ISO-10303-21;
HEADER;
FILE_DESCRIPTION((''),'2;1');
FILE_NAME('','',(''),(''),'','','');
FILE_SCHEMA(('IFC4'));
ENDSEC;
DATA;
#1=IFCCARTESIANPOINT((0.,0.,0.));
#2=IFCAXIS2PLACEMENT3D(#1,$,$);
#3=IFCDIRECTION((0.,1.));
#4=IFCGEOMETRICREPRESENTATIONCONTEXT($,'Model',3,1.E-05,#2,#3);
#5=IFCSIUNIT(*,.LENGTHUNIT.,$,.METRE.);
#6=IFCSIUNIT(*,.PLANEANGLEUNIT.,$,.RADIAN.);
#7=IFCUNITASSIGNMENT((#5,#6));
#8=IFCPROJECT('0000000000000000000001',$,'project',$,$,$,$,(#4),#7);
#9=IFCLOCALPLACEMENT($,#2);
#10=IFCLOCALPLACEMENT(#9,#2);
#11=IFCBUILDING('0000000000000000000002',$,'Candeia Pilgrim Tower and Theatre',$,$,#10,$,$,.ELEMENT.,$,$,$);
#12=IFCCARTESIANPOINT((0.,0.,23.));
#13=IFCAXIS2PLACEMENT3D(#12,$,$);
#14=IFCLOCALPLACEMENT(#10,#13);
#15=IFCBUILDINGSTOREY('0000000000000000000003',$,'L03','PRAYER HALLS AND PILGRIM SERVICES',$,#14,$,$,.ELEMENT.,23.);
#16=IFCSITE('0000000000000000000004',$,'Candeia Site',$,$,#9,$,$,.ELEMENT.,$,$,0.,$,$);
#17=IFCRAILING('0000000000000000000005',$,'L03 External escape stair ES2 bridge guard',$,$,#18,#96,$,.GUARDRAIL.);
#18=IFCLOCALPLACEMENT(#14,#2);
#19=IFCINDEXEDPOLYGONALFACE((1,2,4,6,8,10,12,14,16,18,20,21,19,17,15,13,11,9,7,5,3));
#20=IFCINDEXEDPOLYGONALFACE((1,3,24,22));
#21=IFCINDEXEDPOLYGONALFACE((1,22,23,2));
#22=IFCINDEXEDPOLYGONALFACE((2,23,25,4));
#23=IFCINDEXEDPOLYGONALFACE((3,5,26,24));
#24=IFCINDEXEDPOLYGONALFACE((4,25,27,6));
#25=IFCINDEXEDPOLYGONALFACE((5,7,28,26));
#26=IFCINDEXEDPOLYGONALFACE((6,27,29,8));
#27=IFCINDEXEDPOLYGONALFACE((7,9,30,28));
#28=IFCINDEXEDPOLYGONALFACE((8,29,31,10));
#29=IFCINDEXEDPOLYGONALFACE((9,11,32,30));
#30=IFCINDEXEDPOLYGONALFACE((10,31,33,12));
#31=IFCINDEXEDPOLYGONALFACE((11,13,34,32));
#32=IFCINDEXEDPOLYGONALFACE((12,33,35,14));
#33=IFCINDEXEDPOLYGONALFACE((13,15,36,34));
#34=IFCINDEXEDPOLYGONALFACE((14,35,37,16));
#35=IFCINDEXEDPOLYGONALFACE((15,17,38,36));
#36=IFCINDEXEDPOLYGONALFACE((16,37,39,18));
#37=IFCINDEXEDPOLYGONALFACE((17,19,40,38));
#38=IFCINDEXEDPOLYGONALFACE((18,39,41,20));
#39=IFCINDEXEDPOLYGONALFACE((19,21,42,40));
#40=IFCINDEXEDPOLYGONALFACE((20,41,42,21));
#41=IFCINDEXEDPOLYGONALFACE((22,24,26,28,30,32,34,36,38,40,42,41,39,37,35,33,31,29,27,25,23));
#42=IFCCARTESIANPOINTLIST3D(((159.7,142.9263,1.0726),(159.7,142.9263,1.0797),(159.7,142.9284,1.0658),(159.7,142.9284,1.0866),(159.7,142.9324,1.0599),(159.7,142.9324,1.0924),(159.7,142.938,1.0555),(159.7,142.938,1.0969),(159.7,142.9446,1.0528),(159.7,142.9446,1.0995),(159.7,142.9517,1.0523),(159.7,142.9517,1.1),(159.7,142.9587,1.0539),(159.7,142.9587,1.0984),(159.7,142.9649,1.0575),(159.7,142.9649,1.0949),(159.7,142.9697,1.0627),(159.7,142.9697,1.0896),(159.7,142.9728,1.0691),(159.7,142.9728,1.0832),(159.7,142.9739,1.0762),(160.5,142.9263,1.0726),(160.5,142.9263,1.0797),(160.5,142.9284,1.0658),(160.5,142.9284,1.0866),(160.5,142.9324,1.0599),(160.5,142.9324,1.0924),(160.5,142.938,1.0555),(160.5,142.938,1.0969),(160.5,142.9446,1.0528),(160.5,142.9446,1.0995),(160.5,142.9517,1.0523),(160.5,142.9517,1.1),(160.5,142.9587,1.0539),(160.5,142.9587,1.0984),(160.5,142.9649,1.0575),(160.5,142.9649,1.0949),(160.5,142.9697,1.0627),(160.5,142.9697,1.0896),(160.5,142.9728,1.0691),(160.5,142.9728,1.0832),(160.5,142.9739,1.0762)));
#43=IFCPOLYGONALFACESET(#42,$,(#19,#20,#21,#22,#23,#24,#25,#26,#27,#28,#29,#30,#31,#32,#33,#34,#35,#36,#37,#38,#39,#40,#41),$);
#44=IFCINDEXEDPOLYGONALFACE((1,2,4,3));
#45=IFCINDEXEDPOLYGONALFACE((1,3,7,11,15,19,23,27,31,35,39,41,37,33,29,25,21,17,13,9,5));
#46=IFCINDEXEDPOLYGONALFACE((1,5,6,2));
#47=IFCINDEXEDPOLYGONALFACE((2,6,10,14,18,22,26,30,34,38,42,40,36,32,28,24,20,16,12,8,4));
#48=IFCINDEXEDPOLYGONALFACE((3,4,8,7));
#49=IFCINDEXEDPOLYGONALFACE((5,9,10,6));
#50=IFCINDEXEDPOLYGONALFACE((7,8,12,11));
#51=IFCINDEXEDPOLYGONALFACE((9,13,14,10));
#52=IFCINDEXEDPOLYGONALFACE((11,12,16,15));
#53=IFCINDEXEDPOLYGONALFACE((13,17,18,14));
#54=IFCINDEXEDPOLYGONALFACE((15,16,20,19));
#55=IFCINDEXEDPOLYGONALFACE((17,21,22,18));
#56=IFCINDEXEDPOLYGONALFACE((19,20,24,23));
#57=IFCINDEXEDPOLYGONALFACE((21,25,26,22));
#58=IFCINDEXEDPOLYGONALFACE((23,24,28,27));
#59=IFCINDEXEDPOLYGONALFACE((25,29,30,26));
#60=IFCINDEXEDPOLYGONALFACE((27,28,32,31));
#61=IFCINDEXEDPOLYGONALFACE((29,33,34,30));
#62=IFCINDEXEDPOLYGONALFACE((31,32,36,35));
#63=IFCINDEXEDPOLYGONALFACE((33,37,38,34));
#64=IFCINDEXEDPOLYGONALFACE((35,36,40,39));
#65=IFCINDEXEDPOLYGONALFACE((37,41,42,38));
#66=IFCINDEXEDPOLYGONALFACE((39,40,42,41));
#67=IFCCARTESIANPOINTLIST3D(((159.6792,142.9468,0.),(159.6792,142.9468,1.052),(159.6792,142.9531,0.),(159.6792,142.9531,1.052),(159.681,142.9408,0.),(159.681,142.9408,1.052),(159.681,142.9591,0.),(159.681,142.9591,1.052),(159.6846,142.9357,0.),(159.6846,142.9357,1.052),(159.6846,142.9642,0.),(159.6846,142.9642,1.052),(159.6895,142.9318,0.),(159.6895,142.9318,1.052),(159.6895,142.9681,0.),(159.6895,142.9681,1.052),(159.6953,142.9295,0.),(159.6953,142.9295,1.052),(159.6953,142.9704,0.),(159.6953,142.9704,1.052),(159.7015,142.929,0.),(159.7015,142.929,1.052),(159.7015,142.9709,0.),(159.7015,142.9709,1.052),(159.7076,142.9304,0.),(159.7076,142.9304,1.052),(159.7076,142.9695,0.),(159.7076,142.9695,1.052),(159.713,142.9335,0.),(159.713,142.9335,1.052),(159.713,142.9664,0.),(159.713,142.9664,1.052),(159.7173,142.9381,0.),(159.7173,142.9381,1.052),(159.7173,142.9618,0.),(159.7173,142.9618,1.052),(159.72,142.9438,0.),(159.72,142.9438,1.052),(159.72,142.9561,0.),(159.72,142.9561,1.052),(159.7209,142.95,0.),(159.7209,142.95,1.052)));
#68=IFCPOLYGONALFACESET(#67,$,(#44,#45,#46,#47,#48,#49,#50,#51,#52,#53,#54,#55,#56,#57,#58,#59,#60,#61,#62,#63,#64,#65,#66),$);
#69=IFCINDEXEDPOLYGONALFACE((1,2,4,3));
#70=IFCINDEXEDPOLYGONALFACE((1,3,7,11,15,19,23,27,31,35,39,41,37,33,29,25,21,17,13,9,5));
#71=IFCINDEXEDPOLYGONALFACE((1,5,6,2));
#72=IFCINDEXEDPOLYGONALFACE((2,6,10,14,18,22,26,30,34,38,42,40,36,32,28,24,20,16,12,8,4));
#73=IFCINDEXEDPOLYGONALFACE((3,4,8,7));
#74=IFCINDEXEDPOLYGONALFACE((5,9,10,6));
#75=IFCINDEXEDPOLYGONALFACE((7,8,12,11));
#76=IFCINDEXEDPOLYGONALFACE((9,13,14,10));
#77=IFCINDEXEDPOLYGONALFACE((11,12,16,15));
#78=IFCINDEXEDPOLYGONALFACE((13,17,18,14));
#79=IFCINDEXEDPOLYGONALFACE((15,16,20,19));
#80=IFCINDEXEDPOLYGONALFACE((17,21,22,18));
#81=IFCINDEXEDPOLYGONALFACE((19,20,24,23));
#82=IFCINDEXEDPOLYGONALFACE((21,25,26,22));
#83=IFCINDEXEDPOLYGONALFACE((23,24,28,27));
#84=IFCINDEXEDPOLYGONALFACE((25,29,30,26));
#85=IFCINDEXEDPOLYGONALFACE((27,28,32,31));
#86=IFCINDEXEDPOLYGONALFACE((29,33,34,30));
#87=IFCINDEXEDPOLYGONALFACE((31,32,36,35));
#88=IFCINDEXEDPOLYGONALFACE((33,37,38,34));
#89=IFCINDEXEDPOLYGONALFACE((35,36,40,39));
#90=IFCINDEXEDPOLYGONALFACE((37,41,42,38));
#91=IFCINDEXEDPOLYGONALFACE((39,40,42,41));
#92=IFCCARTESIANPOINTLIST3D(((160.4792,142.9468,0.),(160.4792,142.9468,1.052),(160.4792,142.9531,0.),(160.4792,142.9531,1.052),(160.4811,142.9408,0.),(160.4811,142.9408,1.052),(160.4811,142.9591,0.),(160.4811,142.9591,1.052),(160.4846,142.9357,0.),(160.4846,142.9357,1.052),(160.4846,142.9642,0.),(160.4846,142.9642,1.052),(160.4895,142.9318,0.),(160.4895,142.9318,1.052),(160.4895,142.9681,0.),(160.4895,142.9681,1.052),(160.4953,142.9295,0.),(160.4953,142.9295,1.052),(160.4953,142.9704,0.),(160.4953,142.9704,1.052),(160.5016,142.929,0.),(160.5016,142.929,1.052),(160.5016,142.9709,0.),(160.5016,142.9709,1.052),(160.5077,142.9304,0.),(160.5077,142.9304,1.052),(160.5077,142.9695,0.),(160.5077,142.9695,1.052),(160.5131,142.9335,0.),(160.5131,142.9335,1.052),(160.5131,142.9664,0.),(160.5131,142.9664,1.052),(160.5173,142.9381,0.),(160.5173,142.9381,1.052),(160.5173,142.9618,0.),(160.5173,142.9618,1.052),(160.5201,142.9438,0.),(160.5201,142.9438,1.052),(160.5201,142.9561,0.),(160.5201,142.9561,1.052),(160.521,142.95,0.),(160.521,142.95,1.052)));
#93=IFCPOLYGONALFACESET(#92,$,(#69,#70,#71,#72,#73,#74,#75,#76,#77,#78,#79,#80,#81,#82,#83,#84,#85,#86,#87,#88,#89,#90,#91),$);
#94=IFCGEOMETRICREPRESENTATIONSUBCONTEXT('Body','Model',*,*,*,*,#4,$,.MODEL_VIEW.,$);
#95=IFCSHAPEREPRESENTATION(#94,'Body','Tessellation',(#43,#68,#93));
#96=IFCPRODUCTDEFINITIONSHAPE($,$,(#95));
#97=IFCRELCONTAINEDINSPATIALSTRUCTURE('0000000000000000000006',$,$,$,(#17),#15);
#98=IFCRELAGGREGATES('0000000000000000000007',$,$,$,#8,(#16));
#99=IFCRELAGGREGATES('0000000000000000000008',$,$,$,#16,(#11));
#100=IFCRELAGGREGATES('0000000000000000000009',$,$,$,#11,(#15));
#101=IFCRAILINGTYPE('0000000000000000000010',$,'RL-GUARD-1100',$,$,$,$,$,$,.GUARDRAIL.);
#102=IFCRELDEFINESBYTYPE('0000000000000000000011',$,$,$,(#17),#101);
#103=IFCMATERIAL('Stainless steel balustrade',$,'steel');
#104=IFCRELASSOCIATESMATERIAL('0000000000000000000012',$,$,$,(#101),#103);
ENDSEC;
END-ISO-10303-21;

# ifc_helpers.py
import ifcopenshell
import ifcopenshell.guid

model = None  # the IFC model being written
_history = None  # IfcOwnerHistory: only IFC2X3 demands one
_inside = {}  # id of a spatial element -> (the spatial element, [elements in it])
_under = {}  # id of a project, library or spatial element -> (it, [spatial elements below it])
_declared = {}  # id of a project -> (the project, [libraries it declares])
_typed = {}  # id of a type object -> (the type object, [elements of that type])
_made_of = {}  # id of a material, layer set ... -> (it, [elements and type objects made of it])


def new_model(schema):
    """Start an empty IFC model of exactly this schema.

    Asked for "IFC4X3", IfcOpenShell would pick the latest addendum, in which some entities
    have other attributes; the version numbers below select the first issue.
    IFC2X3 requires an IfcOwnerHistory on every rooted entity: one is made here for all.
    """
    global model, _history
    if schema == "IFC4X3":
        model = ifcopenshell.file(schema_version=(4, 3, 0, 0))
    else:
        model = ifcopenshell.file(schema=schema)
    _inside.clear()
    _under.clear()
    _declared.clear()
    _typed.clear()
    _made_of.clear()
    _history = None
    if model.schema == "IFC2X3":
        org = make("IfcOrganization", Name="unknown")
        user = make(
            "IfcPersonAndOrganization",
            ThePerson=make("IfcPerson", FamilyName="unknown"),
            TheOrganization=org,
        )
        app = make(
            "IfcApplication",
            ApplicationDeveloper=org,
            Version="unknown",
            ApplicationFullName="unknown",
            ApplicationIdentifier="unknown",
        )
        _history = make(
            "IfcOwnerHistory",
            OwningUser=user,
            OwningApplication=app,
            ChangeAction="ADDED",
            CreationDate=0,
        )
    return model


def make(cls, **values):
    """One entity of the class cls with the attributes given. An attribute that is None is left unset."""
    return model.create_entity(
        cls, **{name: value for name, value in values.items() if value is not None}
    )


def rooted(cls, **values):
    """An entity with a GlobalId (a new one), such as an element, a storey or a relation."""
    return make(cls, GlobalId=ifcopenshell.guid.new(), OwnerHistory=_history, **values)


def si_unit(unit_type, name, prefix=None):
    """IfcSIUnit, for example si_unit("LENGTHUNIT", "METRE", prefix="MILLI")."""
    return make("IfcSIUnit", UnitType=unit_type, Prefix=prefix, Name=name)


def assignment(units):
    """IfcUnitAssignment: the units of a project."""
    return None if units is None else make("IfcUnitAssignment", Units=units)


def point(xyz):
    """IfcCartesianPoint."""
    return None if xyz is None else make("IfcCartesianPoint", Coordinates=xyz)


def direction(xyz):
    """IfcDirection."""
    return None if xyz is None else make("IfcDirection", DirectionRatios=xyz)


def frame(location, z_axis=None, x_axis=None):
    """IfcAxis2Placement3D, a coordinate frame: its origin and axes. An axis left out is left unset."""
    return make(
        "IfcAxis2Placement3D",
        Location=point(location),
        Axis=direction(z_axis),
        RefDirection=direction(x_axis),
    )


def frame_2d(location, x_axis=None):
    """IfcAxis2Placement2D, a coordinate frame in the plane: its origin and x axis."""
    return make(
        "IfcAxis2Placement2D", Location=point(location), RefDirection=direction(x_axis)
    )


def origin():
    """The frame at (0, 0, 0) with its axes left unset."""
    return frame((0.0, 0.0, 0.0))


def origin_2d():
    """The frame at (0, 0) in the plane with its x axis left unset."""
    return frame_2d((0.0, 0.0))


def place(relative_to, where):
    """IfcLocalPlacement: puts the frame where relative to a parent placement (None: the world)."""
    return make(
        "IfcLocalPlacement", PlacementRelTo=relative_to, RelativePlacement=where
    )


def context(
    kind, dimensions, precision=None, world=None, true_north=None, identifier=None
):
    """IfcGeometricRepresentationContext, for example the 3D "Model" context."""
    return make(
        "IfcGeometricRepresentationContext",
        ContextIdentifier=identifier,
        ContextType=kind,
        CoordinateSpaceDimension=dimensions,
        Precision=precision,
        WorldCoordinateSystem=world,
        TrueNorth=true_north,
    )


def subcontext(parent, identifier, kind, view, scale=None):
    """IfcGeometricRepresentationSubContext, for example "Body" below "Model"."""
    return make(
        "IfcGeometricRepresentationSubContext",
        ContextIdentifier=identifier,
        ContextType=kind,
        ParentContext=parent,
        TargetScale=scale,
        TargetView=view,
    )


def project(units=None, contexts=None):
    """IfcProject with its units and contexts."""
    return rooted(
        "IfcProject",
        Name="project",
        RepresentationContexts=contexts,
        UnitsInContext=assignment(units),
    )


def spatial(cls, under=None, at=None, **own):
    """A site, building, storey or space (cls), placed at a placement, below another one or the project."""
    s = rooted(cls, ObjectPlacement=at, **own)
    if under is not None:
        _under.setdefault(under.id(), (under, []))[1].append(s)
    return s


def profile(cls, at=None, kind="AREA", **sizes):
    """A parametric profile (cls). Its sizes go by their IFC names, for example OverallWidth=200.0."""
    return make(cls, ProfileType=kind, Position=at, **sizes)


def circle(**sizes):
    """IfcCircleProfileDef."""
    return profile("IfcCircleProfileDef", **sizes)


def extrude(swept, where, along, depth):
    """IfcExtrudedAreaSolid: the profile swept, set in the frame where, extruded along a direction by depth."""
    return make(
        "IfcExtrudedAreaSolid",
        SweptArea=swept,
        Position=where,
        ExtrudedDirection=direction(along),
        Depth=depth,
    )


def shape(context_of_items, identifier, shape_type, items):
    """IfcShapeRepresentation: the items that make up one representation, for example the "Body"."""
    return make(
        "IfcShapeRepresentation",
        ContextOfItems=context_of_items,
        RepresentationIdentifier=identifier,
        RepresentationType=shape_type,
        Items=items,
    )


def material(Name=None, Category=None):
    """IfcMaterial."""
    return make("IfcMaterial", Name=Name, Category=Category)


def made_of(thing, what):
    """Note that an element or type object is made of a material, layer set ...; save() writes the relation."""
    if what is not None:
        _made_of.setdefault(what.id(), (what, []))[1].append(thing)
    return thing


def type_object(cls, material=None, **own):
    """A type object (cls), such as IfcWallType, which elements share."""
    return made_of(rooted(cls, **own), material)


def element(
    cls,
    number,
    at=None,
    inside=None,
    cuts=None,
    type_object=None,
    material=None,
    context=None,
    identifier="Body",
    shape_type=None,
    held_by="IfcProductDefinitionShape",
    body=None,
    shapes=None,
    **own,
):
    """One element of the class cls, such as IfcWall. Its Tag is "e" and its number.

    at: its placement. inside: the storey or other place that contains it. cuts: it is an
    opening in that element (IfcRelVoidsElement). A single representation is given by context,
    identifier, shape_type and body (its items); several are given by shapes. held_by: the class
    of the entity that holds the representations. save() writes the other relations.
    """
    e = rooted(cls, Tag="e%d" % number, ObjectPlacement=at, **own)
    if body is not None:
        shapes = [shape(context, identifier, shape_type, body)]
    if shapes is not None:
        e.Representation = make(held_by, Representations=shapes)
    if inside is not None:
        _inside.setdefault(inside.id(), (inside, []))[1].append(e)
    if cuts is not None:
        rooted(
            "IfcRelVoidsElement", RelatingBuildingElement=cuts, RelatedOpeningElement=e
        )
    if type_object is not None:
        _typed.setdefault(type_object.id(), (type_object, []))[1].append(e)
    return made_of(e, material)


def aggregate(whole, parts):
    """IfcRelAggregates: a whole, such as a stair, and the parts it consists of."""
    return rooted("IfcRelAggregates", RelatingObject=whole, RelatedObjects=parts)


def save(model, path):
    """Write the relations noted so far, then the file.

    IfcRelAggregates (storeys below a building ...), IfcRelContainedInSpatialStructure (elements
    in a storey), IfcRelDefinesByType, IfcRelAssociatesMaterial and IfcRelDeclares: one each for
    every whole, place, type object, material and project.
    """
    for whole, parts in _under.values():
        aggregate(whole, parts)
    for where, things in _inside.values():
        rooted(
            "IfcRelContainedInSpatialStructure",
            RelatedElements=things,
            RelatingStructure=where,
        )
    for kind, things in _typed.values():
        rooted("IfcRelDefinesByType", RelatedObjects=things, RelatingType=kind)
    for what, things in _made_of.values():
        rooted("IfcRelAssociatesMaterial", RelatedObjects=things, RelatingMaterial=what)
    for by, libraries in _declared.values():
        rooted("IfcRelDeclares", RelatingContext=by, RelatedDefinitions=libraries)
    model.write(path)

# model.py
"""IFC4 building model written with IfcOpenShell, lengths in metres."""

from ifc_helpers import new_model, si_unit, direction, frame, origin, origin_2d, place, context, subcontext, project, spatial, circle, extrude, material, type_object, element, save


model = new_model("IFC4")

# Units and contexts
model_context = context("Model", 3, precision=1e-05, world=origin(), true_north=direction((0.0, 1.0)))
body_context = subcontext(model_context, "Body", "Model", "MODEL_VIEW")
ifc_project = project(units=[si_unit("LENGTHUNIT", "METRE"), si_unit("PLANEANGLEUNIT", "RADIAN")], contexts=[model_context])

# Site, building, storey
site_placement = place(None, origin())
site = spatial("IfcSite", under=ifc_project, at=site_placement, Name="Candeia Site", CompositionType="ELEMENT", RefElevation=0.0)
building_placement = place(site_placement, origin())
building = spatial("IfcBuilding", under=site, at=building_placement, Name="Candeia Pilgrim Tower and Theatre", CompositionType="ELEMENT")
storey_placement = place(building_placement, frame((0.0, 0.0, 23.0)))
storey = spatial("IfcBuildingStorey", under=building, at=storey_placement, Name="L03", Description="PRAYER HALLS AND PILGRIM SERVICES", CompositionType="ELEMENT", Elevation=23.0)

# Railing
ifc_material_1 = material(Name="Stainless steel balustrade", Category="steel")
railing_type_1 = type_object("IfcRailingType", Name="RL-GUARD-1100", PredefinedType="GUARDRAIL", material=ifc_material_1)
railing_1_placement = place(storey_placement, frame((159.7, 142.95, 0.0)))
element("IfcRailing", 1, at=railing_1_placement, inside=storey, type_object=railing_type_1, Name="L03 External escape stair ES2 bridge guard", PredefinedType="GUARDRAIL", context=body_context, shape_type="SweptSolid", body=[
    extrude(circle(Radius=0.0239, at=origin_2d()), frame((0.0, 0.0, 1.0762), z_axis=(1.0, 0.0, 0.0), x_axis=(0.0, 1.0, 0.0)), (0.0, 0.0, 1.0), 0.8),
    extrude(circle(Radius=0.021, at=origin_2d()), origin(), (0.0, 0.0, 1.0), 1.052),
    extrude(circle(Radius=0.021, at=origin_2d()), frame((0.8, 0.0, 0.0)), (0.0, 0.0, 1.0), 1.052),
])

save(model, "model.ifc")
